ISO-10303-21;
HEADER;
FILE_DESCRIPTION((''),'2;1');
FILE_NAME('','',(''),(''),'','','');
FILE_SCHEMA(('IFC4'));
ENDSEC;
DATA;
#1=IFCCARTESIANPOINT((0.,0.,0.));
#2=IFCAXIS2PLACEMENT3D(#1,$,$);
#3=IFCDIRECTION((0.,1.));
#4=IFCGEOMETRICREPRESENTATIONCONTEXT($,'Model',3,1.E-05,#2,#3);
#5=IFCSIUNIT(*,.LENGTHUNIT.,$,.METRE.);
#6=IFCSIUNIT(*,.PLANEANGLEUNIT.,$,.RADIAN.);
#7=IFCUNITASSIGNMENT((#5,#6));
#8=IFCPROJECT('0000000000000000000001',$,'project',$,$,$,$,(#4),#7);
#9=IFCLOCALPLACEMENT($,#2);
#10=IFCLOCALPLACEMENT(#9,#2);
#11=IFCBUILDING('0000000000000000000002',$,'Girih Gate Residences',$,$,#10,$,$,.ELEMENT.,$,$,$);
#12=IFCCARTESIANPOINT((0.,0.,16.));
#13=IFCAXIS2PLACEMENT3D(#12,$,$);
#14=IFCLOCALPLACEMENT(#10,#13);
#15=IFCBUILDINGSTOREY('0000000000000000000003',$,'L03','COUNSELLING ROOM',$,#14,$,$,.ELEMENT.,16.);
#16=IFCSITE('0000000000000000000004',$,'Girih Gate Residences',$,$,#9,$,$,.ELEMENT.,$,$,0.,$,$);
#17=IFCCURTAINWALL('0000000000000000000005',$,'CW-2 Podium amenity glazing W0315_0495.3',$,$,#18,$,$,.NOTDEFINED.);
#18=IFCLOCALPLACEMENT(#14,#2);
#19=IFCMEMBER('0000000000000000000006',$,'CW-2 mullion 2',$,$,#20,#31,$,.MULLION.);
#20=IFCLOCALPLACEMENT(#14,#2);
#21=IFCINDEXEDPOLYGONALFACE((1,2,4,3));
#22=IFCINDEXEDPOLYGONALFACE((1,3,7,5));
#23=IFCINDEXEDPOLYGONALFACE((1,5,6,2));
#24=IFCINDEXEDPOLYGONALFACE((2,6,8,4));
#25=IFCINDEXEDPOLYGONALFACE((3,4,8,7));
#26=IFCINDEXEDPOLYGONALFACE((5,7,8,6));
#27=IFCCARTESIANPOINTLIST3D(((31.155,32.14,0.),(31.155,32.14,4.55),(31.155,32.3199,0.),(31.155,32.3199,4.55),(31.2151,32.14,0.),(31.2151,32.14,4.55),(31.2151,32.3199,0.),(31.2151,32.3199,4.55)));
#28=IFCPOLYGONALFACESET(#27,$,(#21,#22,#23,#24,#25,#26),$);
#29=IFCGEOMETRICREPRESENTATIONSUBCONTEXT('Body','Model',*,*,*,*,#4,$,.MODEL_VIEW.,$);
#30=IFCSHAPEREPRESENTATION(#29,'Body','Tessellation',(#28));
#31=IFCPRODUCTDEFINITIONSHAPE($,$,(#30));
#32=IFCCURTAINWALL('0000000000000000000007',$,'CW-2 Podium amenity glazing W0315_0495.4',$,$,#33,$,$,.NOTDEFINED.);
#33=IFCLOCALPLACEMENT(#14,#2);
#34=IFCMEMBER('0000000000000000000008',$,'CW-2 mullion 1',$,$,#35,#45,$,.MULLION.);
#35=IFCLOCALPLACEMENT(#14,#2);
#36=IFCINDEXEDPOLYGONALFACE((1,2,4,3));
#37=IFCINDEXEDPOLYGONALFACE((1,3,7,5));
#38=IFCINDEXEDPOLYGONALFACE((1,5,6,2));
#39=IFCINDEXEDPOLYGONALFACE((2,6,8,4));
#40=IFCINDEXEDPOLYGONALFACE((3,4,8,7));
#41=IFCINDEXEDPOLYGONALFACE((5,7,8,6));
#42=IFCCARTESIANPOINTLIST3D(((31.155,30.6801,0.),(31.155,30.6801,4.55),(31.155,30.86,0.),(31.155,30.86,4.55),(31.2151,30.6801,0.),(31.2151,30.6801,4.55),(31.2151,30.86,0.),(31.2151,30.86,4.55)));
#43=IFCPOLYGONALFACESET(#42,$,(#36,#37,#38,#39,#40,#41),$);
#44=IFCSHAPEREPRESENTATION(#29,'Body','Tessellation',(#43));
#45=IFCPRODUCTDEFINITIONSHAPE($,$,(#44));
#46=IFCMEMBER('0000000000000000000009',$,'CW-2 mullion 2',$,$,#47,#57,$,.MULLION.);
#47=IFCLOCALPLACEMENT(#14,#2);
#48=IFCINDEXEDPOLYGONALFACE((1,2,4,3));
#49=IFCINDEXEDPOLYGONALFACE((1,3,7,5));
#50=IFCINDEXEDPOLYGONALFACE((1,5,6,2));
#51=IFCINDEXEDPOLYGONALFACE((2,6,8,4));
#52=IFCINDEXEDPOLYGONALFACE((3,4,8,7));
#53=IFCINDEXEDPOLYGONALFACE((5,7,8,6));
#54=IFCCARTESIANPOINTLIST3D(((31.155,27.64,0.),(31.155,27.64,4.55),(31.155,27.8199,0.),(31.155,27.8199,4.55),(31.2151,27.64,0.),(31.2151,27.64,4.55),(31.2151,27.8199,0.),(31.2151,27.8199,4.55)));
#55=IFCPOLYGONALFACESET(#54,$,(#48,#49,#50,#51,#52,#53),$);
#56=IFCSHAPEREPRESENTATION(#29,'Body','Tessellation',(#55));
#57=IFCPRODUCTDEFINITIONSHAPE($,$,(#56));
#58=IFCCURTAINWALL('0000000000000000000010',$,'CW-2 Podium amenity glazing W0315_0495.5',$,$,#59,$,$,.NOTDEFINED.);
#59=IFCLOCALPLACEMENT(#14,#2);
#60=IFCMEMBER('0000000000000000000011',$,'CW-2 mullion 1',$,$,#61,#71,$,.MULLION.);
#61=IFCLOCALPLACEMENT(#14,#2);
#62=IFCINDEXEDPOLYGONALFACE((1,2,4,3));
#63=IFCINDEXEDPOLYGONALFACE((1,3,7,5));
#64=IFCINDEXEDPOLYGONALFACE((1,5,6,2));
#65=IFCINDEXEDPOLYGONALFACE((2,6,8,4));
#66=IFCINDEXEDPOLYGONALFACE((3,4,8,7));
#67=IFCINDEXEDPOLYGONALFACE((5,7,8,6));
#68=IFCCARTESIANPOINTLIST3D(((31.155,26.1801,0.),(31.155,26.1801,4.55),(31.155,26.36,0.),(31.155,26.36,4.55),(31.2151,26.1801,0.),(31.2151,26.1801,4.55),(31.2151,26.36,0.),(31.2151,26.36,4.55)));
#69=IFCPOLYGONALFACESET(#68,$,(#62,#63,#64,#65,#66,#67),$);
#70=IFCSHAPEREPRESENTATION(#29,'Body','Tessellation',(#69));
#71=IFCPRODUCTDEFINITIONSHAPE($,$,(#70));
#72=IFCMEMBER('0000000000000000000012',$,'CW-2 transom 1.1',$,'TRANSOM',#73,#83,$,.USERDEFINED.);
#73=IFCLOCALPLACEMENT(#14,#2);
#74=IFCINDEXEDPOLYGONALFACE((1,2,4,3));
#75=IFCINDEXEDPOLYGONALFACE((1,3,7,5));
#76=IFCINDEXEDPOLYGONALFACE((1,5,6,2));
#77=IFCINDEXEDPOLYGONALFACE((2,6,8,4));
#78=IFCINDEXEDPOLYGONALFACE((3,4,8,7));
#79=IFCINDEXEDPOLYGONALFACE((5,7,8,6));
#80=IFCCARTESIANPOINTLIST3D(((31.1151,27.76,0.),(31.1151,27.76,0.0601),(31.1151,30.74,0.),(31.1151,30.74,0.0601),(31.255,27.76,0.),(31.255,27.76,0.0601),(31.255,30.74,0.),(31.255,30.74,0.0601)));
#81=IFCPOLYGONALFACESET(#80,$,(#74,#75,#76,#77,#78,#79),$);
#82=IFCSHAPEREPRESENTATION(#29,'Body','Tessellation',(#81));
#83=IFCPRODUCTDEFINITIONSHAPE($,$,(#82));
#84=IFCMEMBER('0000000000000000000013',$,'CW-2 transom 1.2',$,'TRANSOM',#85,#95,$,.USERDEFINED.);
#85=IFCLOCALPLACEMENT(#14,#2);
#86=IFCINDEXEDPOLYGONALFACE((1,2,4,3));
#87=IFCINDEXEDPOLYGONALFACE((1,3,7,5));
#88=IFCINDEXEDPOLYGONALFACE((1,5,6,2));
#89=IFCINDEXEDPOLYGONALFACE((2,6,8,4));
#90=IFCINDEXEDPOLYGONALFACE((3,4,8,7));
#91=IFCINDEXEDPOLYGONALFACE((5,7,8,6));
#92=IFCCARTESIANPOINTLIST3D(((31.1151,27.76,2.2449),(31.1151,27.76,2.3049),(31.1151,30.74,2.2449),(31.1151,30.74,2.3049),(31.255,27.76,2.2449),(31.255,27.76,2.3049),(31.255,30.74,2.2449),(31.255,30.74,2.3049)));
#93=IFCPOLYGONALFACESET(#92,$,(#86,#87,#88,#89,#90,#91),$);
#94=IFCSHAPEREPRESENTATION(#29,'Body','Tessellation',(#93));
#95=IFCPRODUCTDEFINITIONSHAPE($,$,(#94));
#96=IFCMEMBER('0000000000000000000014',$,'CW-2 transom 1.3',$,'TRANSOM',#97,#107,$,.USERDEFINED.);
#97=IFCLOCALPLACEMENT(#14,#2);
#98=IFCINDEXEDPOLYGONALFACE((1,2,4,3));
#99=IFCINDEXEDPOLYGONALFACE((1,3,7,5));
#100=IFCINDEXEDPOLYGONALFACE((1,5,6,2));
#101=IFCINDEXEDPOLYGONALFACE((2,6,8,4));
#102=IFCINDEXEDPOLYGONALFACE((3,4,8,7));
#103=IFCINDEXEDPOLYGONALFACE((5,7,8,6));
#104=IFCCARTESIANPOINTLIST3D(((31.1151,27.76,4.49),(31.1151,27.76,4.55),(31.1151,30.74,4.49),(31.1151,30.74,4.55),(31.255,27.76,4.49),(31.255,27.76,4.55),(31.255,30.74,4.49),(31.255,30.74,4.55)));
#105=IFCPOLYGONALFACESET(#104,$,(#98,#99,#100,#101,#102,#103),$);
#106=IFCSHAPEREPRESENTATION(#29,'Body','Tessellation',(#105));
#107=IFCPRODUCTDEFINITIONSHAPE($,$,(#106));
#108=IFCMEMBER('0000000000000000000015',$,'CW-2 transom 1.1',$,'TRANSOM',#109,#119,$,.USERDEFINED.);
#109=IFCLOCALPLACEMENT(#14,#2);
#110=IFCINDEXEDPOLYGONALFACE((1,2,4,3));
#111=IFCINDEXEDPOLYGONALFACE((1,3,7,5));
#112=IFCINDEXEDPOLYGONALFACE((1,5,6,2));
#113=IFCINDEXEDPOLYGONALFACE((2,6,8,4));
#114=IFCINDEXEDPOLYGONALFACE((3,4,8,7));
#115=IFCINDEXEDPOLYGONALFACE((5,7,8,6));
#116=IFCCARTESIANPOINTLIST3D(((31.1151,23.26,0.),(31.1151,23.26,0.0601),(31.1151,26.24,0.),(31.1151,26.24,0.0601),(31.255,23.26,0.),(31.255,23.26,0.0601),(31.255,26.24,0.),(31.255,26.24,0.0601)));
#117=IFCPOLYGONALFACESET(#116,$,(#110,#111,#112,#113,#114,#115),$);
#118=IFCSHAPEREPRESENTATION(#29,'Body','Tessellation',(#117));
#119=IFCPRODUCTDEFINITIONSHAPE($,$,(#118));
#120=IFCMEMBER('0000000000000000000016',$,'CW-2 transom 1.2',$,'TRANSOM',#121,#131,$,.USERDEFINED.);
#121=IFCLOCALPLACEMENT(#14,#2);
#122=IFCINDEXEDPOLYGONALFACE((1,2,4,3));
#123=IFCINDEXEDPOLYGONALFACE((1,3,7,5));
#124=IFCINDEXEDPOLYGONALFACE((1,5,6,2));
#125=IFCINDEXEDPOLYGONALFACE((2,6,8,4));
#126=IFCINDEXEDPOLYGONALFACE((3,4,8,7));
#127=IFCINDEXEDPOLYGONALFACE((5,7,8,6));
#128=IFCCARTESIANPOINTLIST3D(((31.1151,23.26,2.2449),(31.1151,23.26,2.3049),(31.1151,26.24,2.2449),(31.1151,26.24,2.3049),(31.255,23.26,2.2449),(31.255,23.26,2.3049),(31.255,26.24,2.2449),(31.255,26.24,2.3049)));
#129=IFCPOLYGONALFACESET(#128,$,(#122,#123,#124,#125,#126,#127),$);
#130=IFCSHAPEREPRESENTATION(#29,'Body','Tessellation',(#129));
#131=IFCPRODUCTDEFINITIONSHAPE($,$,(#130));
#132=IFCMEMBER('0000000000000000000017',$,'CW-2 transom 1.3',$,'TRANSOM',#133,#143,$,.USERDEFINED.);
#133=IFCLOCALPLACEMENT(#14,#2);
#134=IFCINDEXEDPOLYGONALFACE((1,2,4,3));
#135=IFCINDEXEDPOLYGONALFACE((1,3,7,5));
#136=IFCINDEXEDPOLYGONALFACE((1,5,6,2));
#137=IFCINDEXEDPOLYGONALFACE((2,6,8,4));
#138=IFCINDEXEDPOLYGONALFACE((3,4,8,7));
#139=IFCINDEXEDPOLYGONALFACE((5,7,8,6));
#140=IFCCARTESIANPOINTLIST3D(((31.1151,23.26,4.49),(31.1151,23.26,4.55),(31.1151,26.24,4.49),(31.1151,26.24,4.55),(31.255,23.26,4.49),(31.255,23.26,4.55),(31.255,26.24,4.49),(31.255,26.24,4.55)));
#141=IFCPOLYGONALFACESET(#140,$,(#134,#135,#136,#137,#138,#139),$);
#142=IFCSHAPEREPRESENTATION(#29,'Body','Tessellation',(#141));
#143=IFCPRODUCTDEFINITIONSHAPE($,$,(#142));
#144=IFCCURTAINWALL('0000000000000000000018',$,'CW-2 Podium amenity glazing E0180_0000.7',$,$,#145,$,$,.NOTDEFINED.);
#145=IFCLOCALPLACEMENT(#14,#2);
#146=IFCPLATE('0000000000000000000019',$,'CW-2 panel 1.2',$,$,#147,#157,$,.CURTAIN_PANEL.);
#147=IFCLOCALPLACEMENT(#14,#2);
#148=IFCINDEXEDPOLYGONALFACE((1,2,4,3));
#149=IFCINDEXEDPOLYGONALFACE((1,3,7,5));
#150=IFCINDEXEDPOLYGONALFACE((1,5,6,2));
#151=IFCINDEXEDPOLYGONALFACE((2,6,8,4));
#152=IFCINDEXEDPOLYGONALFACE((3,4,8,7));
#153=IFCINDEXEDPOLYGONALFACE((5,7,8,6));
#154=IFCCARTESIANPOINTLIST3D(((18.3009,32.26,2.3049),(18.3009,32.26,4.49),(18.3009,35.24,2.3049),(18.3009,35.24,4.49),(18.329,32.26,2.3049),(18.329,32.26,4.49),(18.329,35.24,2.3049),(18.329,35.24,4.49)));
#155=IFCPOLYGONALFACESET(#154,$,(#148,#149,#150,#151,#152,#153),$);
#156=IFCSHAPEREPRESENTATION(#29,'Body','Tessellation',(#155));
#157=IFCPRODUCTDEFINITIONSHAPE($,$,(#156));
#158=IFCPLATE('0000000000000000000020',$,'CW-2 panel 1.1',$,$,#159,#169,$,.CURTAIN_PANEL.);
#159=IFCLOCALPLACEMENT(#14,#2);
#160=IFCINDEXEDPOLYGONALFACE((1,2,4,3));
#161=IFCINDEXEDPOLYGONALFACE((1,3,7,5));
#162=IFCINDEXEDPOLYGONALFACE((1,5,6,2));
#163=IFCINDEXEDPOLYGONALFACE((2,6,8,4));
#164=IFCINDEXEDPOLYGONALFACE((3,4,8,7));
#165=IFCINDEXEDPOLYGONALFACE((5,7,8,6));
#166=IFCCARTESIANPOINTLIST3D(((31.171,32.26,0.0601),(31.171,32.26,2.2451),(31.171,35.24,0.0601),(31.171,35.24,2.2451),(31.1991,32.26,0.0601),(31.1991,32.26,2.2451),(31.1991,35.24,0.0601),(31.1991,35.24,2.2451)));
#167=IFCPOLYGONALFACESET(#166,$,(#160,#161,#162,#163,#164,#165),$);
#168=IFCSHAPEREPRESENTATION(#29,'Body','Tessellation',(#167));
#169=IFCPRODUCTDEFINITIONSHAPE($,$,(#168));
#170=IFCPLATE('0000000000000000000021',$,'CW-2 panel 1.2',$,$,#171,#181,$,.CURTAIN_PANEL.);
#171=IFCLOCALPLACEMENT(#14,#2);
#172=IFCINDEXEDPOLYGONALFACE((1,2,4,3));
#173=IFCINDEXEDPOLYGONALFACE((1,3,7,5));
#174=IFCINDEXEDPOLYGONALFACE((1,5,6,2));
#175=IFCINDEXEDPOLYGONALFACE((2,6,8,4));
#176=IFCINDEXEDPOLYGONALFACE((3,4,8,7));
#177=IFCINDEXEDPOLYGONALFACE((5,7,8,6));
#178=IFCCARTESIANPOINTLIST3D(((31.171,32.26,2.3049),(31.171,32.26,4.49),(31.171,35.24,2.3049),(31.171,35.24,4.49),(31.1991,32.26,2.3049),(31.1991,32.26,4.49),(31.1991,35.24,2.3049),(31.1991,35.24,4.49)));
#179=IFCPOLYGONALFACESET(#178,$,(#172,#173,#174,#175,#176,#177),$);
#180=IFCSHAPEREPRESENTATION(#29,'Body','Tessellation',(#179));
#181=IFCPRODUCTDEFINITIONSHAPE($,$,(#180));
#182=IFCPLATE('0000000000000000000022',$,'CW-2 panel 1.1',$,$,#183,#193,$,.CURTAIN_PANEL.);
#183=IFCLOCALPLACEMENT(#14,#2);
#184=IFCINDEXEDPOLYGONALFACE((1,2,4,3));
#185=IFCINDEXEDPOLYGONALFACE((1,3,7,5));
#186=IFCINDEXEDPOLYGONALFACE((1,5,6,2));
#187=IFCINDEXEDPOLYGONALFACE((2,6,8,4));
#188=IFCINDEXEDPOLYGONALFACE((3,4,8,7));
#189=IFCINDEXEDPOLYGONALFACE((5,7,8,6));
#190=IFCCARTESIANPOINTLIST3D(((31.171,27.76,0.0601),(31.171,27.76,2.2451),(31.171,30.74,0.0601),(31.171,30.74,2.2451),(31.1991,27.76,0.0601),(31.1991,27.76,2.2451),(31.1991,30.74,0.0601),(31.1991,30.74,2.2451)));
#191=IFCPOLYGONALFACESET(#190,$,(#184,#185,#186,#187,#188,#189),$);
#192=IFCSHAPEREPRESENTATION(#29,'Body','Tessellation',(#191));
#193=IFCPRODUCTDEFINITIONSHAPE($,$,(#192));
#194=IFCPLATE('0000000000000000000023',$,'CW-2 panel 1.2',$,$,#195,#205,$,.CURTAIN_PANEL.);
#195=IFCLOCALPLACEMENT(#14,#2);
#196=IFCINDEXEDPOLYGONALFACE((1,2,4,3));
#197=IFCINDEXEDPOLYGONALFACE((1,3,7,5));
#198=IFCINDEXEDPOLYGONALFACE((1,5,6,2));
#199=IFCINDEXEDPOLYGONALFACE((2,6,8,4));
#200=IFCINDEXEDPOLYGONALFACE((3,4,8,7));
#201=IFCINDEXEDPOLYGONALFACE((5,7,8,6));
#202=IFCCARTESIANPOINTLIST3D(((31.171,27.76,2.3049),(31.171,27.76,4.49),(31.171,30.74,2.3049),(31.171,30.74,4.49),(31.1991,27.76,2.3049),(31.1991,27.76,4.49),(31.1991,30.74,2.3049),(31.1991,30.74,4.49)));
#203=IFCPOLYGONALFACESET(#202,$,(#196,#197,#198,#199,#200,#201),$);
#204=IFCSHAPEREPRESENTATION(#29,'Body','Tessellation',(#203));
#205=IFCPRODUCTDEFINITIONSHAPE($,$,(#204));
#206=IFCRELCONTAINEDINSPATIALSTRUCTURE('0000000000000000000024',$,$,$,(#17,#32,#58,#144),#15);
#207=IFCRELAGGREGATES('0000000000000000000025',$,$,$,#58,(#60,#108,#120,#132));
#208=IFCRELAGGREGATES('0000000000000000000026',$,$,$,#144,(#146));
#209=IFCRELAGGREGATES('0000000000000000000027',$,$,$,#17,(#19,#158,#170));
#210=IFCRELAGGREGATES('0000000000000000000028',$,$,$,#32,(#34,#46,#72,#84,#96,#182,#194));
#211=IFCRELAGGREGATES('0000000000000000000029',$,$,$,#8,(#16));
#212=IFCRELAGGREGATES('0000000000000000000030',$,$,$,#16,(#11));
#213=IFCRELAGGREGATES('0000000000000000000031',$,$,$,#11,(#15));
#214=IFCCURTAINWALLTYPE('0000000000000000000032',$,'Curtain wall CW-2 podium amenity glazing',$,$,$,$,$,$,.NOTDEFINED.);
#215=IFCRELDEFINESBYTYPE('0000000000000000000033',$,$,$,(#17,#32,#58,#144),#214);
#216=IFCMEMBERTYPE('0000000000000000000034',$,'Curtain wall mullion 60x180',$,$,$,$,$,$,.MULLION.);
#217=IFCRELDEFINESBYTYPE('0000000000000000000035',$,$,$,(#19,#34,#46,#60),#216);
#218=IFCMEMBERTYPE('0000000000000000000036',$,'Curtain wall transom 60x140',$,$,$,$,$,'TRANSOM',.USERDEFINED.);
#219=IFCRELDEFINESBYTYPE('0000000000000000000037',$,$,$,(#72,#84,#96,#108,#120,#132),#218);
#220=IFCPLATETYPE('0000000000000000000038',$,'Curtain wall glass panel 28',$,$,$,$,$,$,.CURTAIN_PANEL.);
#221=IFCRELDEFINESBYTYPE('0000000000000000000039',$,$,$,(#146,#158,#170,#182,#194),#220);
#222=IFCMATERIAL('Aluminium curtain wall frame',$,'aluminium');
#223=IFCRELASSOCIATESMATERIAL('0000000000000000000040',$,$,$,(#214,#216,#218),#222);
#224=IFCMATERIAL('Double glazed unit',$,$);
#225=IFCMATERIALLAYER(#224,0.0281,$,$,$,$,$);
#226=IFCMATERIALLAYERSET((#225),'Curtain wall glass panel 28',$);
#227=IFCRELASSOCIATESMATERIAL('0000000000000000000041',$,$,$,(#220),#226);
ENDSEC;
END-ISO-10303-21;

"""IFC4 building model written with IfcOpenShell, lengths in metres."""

from ifc_helpers import new_model, si_unit, direction, frame, origin, origin_2d, place, context, subcontext, project, spatial, rectangle, extrude, material, layer, layer_set, material_profile, profile_set, type_object, element, aggregate, save


model = new_model("IFC4")

# Units and contexts
model_context = context("Model", 3, precision=1e-05, world=origin(), true_north=direction((0.0, 1.0)))
body_context = subcontext(model_context, "Body", "Model", "MODEL_VIEW")
ifc_project = project(units=[si_unit("LENGTHUNIT", "METRE"), si_unit("PLANEANGLEUNIT", "RADIAN")], contexts=[model_context])

# Site, building, storey
site_placement = place(None, origin())
site = spatial("IfcSite", under=ifc_project, at=site_placement, Name="Girih Gate Residences", CompositionType="ELEMENT", RefElevation=0.0)
building_placement = place(site_placement, origin())
building = spatial("IfcBuilding", under=site, at=building_placement, Name="Girih Gate Residences", CompositionType="ELEMENT")
storey_placement = place(building_placement, frame((0.0, 0.0, 16.0)))
storey = spatial("IfcBuildingStorey", under=building, at=storey_placement, Name="L03", Description="COUNSELLING ROOM", CompositionType="ELEMENT", Elevation=16.0)

# Curtain wall, member
ifc_material_1 = material(Name="Aluminium curtain wall frame", Category="aluminium")
curtain_wall_type = type_object("IfcCurtainWallType", Name="Curtain wall CW-2 podium amenity glazing", PredefinedType="NOTDEFINED", material=ifc_material_1)
curtain_wall_1_placement = place(storey_placement, origin())
curtain_wall_1 = element("IfcCurtainWall", 1, at=curtain_wall_1_placement, inside=storey, type_object=curtain_wall_type, Name="CW-2 Podium amenity glazing W0315_0495.3", PredefinedType="NOTDEFINED")
ifc_material_profile_1 = material_profile(ifc_material_1, rectangle(XDim=0.0601, YDim=0.1799, at=origin_2d()))
ifc_profile_set_1 = profile_set([ifc_material_profile_1], Name="Aluminium curtain wall frame")
member_type_1 = type_object("IfcMemberType", Name="Curtain wall mullion 60x180", PredefinedType="MULLION", material=ifc_profile_set_1)
member_1_placement = place(storey_placement, frame((31.1851, 32.23, 0.0), z_axis=(0.0, 0.0, 1.0), x_axis=(1.0, 0.0, 0.0)))
member_1 = element("IfcMember", 2, at=member_1_placement, type_object=member_type_1, Name="CW-2 mullion 2", PredefinedType="MULLION", context=body_context, shape_type="SweptSolid", body=[
    extrude(rectangle(XDim=0.0601, YDim=0.1799, at=origin_2d()), origin(), (0.0, 0.0, 1.0), 4.55),
])

# Curtain wall, members
curtain_wall_2_placement = place(storey_placement, origin())
curtain_wall_2 = element("IfcCurtainWall", 3, at=curtain_wall_2_placement, inside=storey, type_object=curtain_wall_type, Name="CW-2 Podium amenity glazing W0315_0495.4", PredefinedType="NOTDEFINED")
member_2_placement = place(storey_placement, frame((31.1851, 30.77, 0.0), z_axis=(0.0, 0.0, 1.0), x_axis=(1.0, 0.0, 0.0)))
member_2 = element("IfcMember", 4, at=member_2_placement, type_object=member_type_1, Name="CW-2 mullion 1", PredefinedType="MULLION", context=body_context, shape_type="SweptSolid", body=[
    extrude(rectangle(XDim=0.0601, YDim=0.1799, at=origin_2d()), origin(), (0.0, 0.0, 1.0), 4.55),
])
member_3_placement = place(storey_placement, frame((31.1851, 27.73, 0.0), z_axis=(0.0, 0.0, 1.0), x_axis=(1.0, 0.0, 0.0)))
member_3 = element("IfcMember", 5, at=member_3_placement, type_object=member_type_1, Name="CW-2 mullion 2", PredefinedType="MULLION", context=body_context, shape_type="SweptSolid", body=[
    extrude(rectangle(XDim=0.0601, YDim=0.1799, at=origin_2d()), origin(), (0.0, 0.0, 1.0), 4.55),
])

# Curtain wall, member
curtain_wall_3_placement = place(storey_placement, origin())
curtain_wall_3 = element("IfcCurtainWall", 6, at=curtain_wall_3_placement, inside=storey, type_object=curtain_wall_type, Name="CW-2 Podium amenity glazing W0315_0495.5", PredefinedType="NOTDEFINED")
member_4_placement = place(storey_placement, frame((31.1851, 26.27, 0.0), z_axis=(0.0, 0.0, 1.0), x_axis=(1.0, 0.0, 0.0)))
member_4 = element("IfcMember", 7, at=member_4_placement, type_object=member_type_1, Name="CW-2 mullion 1", PredefinedType="MULLION", context=body_context, shape_type="SweptSolid", body=[
    extrude(rectangle(XDim=0.0601, YDim=0.1799, at=origin_2d()), origin(), (0.0, 0.0, 1.0), 4.55),
])

# Members
ifc_material_profile_2 = material_profile(ifc_material_1, rectangle(XDim=0.1399, YDim=0.0601, at=origin_2d()))
ifc_profile_set_2 = profile_set([ifc_material_profile_2], Name="Aluminium curtain wall frame")
member_type_2 = type_object("IfcMemberType", Name="Curtain wall transom 60x140", ElementType="TRANSOM", PredefinedType="USERDEFINED", material=ifc_profile_set_2)
member_5_placement = place(storey_placement, frame((31.1851, 30.74, 0.03), z_axis=(0.0, -1.0, 0.0), x_axis=(1.0, 0.0, 0.0)))
member_5 = element("IfcMember", 8, at=member_5_placement, type_object=member_type_2, Name="CW-2 transom 1.1", ObjectType="TRANSOM", PredefinedType="USERDEFINED", context=body_context, shape_type="SweptSolid", body=[
    extrude(rectangle(XDim=0.1399, YDim=0.0601, at=origin_2d()), origin(), (0.0, 0.0, 1.0), 2.98),
])
member_6_placement = place(storey_placement, frame((31.1851, 30.74, 2.2749), z_axis=(0.0, -1.0, 0.0), x_axis=(1.0, 0.0, 0.0)))
member_6 = element("IfcMember", 9, at=member_6_placement, type_object=member_type_2, Name="CW-2 transom 1.2", ObjectType="TRANSOM", PredefinedType="USERDEFINED", context=body_context, shape_type="SweptSolid", body=[
    extrude(rectangle(XDim=0.1399, YDim=0.0601, at=origin_2d()), origin(), (0.0, 0.0, 1.0), 2.98),
])
member_7_placement = place(storey_placement, frame((31.1851, 30.74, 4.52), z_axis=(0.0, -1.0, 0.0), x_axis=(1.0, 0.0, 0.0)))
member_7 = element("IfcMember", 10, at=member_7_placement, type_object=member_type_2, Name="CW-2 transom 1.3", ObjectType="TRANSOM", PredefinedType="USERDEFINED", context=body_context, shape_type="SweptSolid", body=[
    extrude(rectangle(XDim=0.1399, YDim=0.0601, at=origin_2d()), origin(), (0.0, 0.0, 1.0), 2.98),
])
member_8_placement = place(storey_placement, frame((31.1851, 26.24, 0.03), z_axis=(0.0, -1.0, 0.0), x_axis=(1.0, 0.0, 0.0)))
member_8 = element("IfcMember", 11, at=member_8_placement, type_object=member_type_2, Name="CW-2 transom 1.1", ObjectType="TRANSOM", PredefinedType="USERDEFINED", context=body_context, shape_type="SweptSolid", body=[
    extrude(rectangle(XDim=0.1399, YDim=0.0601, at=origin_2d()), origin(), (0.0, 0.0, 1.0), 2.98),
])
member_9_placement = place(storey_placement, frame((31.1851, 26.24, 2.2749), z_axis=(0.0, -1.0, 0.0), x_axis=(1.0, 0.0, 0.0)))
member_9 = element("IfcMember", 12, at=member_9_placement, type_object=member_type_2, Name="CW-2 transom 1.2", ObjectType="TRANSOM", PredefinedType="USERDEFINED", context=body_context, shape_type="SweptSolid", body=[
    extrude(rectangle(XDim=0.1399, YDim=0.0601, at=origin_2d()), origin(), (0.0, 0.0, 1.0), 2.98),
])
member_10_placement = place(storey_placement, frame((31.1851, 26.24, 4.52), z_axis=(0.0, -1.0, 0.0), x_axis=(1.0, 0.0, 0.0)))
member_10 = element("IfcMember", 13, at=member_10_placement, type_object=member_type_2, Name="CW-2 transom 1.3", ObjectType="TRANSOM", PredefinedType="USERDEFINED", context=body_context, shape_type="SweptSolid", body=[
    extrude(rectangle(XDim=0.1399, YDim=0.0601, at=origin_2d()), origin(), (0.0, 0.0, 1.0), 2.98),
])
aggregate(curtain_wall_3, [member_4, member_8, member_9, member_10])

# Curtain wall, plate
curtain_wall_4_placement = place(storey_placement, origin())
curtain_wall_4 = element("IfcCurtainWall", 14, at=curtain_wall_4_placement, inside=storey, type_object=curtain_wall_type, Name="CW-2 Podium amenity glazing E0180_0000.7", PredefinedType="NOTDEFINED")
ifc_material_2 = material(Name="Double glazed unit")
ifc_layer_1 = layer(ifc_material_2, 0.0281)
ifc_layer_set_1 = layer_set([ifc_layer_1], Name="Curtain wall glass panel 28")
plate_type = type_object("IfcPlateType", Name="Curtain wall glass panel 28", PredefinedType="CURTAIN_PANEL", material=ifc_layer_set_1)
plate_1_placement = place(storey_placement, frame((18.3149, 33.75, 2.3049), z_axis=(0.0, 0.0, 1.0), x_axis=(0.0, 1.0, 0.0)))
plate_1 = element("IfcPlate", 15, at=plate_1_placement, type_object=plate_type, Name="CW-2 panel 1.2", PredefinedType="CURTAIN_PANEL", context=body_context, shape_type="SweptSolid", body=[
    extrude(rectangle(XDim=2.98, YDim=0.0281, at=origin_2d()), origin(), (0.0, 0.0, 1.0), 2.1851),
])
aggregate(curtain_wall_4, [plate_1])

# Plates
plate_2_placement = place(storey_placement, frame((31.1851, 33.75, 0.0601), z_axis=(0.0, 0.0, 1.0), x_axis=(0.0, -1.0, 0.0)))
plate_2 = element("IfcPlate", 16, at=plate_2_placement, type_object=plate_type, Name="CW-2 panel 1.1", PredefinedType="CURTAIN_PANEL", context=body_context, shape_type="SweptSolid", body=[
    extrude(rectangle(XDim=2.98, YDim=0.0281, at=origin_2d()), origin(), (0.0, 0.0, 1.0), 2.1851),
])
plate_3_placement = place(storey_placement, frame((31.1851, 33.75, 2.3049), z_axis=(0.0, 0.0, 1.0), x_axis=(0.0, -1.0, 0.0)))
plate_3 = element("IfcPlate", 17, at=plate_3_placement, type_object=plate_type, Name="CW-2 panel 1.2", PredefinedType="CURTAIN_PANEL", context=body_context, shape_type="SweptSolid", body=[
    extrude(rectangle(XDim=2.98, YDim=0.0281, at=origin_2d()), origin(), (0.0, 0.0, 1.0), 2.1851),
])
aggregate(curtain_wall_1, [member_1, plate_2, plate_3])
plate_4_placement = place(storey_placement, frame((31.1851, 29.25, 0.0601), z_axis=(0.0, 0.0, 1.0), x_axis=(0.0, -1.0, 0.0)))
plate_4 = element("IfcPlate", 18, at=plate_4_placement, type_object=plate_type, Name="CW-2 panel 1.1", PredefinedType="CURTAIN_PANEL", context=body_context, shape_type="SweptSolid", body=[
    extrude(rectangle(XDim=2.98, YDim=0.0281, at=origin_2d()), origin(), (0.0, 0.0, 1.0), 2.1851),
])
plate_5_placement = place(storey_placement, frame((31.1851, 29.25, 2.3049), z_axis=(0.0, 0.0, 1.0), x_axis=(0.0, -1.0, 0.0)))
plate_5 = element("IfcPlate", 19, at=plate_5_placement, type_object=plate_type, Name="CW-2 panel 1.2", PredefinedType="CURTAIN_PANEL", context=body_context, shape_type="SweptSolid", body=[
    extrude(rectangle(XDim=2.98, YDim=0.0281, at=origin_2d()), origin(), (0.0, 0.0, 1.0), 2.1851),
])
aggregate(curtain_wall_2, [member_2, member_3, member_5, member_6, member_7, plate_4, plate_5])

save(model, "model.ifc")
